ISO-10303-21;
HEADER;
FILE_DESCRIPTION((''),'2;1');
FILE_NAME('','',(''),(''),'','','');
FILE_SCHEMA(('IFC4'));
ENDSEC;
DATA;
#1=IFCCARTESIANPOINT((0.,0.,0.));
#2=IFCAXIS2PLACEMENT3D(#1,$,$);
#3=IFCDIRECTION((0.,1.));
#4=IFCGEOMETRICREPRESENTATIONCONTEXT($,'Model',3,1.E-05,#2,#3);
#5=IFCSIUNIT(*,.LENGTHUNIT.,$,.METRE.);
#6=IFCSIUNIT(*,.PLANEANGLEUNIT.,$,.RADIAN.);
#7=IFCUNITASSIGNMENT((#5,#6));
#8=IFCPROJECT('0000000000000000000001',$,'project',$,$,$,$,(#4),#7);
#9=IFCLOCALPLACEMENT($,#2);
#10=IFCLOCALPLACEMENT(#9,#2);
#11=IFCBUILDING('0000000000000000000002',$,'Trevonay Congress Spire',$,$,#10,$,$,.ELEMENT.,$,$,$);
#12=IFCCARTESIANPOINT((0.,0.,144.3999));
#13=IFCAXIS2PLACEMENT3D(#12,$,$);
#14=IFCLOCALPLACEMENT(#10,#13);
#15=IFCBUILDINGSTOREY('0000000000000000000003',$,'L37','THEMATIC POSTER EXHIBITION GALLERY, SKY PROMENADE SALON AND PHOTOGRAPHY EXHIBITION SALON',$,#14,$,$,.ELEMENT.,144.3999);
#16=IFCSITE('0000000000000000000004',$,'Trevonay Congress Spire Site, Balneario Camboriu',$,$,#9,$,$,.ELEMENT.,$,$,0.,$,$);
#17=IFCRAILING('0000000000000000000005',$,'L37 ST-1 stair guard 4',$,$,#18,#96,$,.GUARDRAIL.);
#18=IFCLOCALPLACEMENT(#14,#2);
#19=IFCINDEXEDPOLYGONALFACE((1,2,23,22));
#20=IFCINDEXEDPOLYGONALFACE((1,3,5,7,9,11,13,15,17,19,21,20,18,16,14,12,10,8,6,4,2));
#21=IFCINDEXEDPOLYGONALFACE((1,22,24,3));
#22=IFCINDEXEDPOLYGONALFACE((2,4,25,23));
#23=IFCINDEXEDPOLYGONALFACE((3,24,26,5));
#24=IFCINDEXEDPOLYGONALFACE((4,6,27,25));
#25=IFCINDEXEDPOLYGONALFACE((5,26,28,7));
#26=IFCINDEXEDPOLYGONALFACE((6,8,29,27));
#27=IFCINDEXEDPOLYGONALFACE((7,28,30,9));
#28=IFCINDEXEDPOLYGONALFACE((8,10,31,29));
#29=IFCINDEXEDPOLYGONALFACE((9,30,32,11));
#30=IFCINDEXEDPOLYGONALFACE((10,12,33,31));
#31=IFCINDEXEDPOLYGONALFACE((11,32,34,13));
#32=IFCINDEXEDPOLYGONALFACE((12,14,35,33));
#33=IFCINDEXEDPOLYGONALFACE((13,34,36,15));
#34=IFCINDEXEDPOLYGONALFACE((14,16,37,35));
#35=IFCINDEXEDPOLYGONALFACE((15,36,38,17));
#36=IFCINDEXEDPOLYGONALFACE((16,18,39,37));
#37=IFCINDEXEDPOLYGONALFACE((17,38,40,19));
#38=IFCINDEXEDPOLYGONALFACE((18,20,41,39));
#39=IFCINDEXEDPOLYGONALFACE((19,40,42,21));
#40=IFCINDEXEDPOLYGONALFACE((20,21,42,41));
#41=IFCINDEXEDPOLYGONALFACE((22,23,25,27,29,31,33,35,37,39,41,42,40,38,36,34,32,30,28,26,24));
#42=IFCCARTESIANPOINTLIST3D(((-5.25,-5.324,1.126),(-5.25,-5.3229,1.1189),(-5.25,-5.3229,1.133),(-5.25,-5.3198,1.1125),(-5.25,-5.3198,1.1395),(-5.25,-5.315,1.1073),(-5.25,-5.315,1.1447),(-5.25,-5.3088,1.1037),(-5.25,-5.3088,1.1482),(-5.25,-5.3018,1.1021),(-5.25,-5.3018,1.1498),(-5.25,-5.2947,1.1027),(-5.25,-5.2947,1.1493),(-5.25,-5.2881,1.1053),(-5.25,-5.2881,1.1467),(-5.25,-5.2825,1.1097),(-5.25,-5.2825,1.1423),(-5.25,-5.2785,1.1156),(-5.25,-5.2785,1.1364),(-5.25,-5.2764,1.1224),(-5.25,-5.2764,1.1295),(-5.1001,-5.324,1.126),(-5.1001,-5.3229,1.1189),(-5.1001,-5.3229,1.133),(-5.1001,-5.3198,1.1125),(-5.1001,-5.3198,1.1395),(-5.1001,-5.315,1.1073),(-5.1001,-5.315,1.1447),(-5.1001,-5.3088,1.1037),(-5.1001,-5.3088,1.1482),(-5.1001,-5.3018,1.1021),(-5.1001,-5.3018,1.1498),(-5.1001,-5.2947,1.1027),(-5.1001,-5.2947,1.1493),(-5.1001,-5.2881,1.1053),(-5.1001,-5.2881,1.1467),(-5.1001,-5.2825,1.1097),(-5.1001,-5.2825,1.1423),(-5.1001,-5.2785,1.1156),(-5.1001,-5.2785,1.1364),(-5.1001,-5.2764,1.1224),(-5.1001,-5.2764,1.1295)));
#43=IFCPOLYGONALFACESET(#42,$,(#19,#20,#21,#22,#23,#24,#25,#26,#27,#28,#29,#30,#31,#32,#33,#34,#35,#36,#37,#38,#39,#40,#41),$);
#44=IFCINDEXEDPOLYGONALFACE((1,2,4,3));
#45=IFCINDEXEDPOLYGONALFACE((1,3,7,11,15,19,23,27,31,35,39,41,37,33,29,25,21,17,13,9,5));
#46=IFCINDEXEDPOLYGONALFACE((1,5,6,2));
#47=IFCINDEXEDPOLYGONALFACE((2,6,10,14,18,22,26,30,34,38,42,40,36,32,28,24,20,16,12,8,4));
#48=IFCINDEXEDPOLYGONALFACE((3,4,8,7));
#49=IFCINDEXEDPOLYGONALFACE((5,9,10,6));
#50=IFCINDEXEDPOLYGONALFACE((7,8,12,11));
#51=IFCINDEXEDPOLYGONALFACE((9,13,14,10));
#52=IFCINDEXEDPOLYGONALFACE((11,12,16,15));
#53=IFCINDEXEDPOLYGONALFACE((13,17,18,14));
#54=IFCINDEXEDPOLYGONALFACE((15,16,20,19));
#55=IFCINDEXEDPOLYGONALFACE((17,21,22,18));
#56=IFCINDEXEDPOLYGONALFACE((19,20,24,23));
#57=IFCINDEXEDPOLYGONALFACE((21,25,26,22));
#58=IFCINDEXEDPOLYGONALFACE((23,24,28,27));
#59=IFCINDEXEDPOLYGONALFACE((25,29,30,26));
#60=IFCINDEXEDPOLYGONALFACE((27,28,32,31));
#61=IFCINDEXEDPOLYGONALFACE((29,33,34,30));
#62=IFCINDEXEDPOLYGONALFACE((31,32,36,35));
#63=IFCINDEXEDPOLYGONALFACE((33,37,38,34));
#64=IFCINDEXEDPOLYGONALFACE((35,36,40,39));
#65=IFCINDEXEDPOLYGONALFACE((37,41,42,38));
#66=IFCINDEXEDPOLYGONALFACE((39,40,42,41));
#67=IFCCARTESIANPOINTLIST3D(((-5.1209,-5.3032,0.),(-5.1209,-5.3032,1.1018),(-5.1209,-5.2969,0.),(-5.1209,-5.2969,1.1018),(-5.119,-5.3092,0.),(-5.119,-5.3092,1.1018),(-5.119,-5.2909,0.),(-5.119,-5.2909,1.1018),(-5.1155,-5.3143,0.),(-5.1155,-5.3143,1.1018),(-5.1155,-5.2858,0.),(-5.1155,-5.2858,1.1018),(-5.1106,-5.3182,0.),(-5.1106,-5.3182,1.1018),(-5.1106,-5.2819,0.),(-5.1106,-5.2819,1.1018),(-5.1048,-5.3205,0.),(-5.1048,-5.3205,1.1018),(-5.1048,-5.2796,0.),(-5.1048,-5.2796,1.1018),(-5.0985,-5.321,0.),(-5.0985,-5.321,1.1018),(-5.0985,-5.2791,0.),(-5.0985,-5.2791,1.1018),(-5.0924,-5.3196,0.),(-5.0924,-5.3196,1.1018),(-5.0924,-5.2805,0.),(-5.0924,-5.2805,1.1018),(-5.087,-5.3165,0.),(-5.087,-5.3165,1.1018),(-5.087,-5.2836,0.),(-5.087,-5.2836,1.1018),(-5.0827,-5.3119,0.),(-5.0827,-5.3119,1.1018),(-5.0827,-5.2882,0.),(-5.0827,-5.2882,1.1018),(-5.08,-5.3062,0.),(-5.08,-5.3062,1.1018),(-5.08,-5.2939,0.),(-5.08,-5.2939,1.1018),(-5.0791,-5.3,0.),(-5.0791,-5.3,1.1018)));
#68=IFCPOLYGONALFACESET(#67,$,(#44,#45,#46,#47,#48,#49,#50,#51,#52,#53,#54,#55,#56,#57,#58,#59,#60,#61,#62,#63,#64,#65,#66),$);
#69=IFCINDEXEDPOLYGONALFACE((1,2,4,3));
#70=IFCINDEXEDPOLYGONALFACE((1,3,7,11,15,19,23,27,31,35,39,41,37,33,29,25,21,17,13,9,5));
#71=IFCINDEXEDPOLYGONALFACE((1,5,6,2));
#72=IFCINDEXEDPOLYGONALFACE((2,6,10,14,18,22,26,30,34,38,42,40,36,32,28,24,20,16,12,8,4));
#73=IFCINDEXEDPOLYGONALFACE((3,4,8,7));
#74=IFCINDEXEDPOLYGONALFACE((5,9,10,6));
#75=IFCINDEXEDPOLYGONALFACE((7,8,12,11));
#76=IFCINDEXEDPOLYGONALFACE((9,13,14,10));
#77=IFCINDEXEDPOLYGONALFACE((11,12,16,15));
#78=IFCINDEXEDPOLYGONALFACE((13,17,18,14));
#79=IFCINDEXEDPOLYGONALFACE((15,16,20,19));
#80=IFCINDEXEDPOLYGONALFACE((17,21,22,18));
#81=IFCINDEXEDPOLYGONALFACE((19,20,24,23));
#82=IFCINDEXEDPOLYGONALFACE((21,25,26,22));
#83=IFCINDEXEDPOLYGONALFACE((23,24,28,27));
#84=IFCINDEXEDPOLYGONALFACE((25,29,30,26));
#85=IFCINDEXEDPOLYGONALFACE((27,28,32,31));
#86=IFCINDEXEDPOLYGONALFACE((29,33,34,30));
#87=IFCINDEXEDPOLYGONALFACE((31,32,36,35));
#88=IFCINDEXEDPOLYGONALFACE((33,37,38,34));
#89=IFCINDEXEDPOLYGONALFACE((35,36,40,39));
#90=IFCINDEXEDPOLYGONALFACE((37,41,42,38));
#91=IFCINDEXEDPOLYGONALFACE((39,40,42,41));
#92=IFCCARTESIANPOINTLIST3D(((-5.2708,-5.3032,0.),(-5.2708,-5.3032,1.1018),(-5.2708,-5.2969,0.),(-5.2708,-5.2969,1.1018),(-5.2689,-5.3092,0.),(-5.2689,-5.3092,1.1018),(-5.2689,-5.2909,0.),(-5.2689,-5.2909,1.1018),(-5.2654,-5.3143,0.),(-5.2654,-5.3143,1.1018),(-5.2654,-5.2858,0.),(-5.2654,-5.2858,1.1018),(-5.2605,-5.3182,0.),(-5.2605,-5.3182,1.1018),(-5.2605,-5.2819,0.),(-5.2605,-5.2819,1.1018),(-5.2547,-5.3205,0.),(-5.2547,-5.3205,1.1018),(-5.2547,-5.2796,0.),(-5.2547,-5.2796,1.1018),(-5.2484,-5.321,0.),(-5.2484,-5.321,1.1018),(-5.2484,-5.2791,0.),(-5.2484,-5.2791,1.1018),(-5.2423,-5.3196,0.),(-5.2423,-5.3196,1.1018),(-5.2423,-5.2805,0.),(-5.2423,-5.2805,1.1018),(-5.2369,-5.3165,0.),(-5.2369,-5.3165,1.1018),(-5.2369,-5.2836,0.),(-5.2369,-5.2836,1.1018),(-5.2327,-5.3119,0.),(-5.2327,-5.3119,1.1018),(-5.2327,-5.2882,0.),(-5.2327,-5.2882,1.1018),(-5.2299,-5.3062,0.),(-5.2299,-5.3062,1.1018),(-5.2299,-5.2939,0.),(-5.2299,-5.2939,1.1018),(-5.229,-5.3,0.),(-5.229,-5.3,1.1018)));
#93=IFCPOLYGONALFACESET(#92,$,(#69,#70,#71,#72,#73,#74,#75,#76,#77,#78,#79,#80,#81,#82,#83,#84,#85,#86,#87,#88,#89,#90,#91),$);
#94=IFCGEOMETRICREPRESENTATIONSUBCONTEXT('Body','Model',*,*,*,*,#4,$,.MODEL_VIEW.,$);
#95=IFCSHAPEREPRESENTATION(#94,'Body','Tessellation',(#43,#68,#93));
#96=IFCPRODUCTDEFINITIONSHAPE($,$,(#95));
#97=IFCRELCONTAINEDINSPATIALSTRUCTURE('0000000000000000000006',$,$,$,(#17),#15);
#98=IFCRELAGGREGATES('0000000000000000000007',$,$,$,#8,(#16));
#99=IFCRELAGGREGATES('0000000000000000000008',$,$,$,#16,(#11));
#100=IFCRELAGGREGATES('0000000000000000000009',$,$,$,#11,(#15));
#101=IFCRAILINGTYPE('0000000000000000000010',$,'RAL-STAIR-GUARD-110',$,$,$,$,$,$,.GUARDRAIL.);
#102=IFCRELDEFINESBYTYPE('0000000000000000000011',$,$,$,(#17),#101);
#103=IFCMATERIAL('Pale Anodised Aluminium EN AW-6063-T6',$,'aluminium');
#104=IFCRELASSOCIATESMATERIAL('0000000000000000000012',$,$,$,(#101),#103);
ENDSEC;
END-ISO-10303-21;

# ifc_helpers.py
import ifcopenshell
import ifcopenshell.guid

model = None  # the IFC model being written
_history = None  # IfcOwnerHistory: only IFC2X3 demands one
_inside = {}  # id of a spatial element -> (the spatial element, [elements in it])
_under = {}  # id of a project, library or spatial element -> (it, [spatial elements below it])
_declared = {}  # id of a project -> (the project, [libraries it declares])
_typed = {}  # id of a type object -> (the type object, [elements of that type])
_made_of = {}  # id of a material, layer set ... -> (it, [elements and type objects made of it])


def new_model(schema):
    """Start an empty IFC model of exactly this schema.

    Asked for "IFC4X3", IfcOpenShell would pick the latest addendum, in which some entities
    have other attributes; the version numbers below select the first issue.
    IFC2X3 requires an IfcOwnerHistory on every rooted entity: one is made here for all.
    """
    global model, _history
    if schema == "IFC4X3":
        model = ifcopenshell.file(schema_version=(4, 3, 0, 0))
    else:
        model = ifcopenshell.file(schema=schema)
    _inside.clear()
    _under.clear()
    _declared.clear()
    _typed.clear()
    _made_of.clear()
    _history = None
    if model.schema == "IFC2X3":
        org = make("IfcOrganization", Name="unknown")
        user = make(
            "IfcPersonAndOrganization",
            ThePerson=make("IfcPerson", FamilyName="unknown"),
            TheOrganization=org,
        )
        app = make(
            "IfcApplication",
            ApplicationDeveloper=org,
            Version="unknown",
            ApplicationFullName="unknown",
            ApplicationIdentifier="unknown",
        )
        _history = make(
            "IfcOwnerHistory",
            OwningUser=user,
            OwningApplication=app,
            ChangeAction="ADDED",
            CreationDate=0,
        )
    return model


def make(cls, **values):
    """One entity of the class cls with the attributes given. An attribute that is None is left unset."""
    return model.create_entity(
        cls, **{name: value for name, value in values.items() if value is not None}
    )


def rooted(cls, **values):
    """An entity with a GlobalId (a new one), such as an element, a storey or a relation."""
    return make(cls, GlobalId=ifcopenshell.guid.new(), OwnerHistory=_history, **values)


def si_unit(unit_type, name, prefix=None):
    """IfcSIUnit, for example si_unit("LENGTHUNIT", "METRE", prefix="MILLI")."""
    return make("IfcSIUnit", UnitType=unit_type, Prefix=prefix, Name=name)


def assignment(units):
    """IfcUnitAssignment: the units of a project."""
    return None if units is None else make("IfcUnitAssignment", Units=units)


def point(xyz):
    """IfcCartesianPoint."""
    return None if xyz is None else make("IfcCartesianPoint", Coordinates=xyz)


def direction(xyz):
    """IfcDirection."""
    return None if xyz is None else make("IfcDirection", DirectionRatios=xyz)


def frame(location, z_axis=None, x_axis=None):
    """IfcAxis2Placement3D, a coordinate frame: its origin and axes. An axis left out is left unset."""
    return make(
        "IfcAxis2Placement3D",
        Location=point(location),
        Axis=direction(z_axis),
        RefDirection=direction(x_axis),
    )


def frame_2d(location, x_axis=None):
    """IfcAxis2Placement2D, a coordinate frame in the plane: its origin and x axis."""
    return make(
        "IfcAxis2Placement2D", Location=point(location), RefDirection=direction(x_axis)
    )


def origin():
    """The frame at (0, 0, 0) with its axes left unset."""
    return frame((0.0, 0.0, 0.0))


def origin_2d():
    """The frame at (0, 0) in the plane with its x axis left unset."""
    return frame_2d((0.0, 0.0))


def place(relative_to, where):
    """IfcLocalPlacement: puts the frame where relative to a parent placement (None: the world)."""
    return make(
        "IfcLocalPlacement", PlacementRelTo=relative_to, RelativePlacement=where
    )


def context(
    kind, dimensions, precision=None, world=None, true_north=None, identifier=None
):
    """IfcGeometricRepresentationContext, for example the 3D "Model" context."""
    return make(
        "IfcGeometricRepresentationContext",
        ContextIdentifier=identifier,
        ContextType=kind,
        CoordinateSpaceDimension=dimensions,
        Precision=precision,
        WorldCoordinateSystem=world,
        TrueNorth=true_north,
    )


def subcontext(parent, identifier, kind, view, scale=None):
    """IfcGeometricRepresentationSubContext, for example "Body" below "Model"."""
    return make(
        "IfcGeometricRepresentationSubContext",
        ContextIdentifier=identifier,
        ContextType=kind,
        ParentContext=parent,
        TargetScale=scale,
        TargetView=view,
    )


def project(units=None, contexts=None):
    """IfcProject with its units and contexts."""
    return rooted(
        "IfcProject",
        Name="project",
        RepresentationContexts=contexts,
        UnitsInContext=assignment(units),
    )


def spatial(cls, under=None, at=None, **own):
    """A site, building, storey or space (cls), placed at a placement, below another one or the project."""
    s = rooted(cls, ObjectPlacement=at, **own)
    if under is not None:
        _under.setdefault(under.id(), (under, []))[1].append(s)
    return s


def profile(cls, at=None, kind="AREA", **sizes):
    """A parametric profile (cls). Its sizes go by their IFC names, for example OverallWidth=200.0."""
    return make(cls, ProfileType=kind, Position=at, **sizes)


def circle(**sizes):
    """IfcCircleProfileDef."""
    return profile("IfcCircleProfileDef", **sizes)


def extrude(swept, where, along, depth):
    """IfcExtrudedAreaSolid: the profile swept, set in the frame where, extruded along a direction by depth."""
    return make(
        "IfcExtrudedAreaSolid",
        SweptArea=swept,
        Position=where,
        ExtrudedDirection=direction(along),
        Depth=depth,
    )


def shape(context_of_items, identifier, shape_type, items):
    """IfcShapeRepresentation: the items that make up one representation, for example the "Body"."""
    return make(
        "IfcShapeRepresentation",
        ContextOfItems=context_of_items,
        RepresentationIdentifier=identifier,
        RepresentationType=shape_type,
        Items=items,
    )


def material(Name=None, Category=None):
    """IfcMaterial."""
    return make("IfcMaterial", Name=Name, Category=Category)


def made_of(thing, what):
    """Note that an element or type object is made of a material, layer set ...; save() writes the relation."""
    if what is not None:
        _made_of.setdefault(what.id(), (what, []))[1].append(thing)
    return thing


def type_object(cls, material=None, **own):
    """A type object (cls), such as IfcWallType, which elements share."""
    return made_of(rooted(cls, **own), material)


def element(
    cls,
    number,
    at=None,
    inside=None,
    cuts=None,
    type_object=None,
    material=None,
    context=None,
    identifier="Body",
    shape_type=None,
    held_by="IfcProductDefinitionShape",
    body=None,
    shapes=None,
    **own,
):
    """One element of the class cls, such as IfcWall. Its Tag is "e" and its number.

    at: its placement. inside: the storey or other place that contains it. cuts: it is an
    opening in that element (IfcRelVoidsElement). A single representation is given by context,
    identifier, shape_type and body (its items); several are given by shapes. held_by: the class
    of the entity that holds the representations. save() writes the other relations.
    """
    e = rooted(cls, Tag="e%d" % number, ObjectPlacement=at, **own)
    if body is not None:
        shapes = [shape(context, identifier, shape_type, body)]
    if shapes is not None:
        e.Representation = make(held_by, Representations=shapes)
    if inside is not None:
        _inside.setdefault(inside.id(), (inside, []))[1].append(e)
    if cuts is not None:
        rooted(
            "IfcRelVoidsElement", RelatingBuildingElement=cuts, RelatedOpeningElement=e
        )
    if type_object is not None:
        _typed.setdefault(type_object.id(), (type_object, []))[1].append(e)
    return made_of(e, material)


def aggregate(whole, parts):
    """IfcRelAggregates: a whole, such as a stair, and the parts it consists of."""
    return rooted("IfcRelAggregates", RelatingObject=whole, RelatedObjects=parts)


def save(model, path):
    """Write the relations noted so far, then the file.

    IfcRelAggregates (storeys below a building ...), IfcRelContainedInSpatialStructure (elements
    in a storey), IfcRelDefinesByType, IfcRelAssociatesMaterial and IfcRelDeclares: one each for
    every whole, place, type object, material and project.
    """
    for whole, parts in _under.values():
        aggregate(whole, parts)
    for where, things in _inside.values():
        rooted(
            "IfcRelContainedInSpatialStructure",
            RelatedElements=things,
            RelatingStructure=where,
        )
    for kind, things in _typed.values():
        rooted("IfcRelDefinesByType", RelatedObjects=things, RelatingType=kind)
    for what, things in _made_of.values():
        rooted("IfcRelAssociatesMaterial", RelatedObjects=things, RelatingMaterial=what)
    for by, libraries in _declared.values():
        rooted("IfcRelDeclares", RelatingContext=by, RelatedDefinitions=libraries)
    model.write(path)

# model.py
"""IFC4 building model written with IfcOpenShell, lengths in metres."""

from ifc_helpers import new_model, si_unit, direction, frame, origin, origin_2d, place, context, subcontext, project, spatial, circle, extrude, material, type_object, element, save


model = new_model("IFC4")

# Units and contexts
model_context = context("Model", 3, precision=1e-05, world=origin(), true_north=direction((0.0, 1.0)))
body_context = subcontext(model_context, "Body", "Model", "MODEL_VIEW")
ifc_project = project(units=[si_unit("LENGTHUNIT", "METRE"), si_unit("PLANEANGLEUNIT", "RADIAN")], contexts=[model_context])

# Site, building, storey
site_placement = place(None, origin())
site = spatial("IfcSite", under=ifc_project, at=site_placement, Name="Trevonay Congress Spire Site, Balneario Camboriu", CompositionType="ELEMENT", RefElevation=0.0)
building_placement = place(site_placement, origin())
building = spatial("IfcBuilding", under=site, at=building_placement, Name="Trevonay Congress Spire", CompositionType="ELEMENT")
storey_placement = place(building_placement, frame((0.0, 0.0, 144.3999)))
storey = spatial("IfcBuildingStorey", under=building, at=storey_placement, Name="L37", Description="THEMATIC POSTER EXHIBITION GALLERY, SKY PROMENADE SALON AND PHOTOGRAPHY EXHIBITION SALON", CompositionType="ELEMENT", Elevation=144.3999)

# Railing
ifc_material_1 = material(Name="Pale Anodised Aluminium EN AW-6063-T6", Category="aluminium")
railing_type_1 = type_object("IfcRailingType", Name="RAL-STAIR-GUARD-110", PredefinedType="GUARDRAIL", material=ifc_material_1)
railing_1_placement = place(storey_placement, frame((-5.1001, -5.3, 0.0)))
element("IfcRailing", 1, at=railing_1_placement, inside=storey, type_object=railing_type_1, Name="L37 ST-1 stair guard 4", PredefinedType="GUARDRAIL", context=body_context, shape_type="SweptSolid", body=[
    extrude(circle(Radius=0.0239, at=origin_2d()), frame((0.0, 0.0, 1.126), z_axis=(-1.0, 0.0, 0.0), x_axis=(0.0, -1.0, 0.0)), (0.0, 0.0, 1.0), 0.1499),
    extrude(circle(Radius=0.021, at=origin_2d()), origin(), (0.0, 0.0, 1.0), 1.1018),
    extrude(circle(Radius=0.021, at=origin_2d()), frame((-0.1499, 0.0, 0.0)), (0.0, 0.0, 1.0), 1.1018),
])

save(model, "model.ifc")
